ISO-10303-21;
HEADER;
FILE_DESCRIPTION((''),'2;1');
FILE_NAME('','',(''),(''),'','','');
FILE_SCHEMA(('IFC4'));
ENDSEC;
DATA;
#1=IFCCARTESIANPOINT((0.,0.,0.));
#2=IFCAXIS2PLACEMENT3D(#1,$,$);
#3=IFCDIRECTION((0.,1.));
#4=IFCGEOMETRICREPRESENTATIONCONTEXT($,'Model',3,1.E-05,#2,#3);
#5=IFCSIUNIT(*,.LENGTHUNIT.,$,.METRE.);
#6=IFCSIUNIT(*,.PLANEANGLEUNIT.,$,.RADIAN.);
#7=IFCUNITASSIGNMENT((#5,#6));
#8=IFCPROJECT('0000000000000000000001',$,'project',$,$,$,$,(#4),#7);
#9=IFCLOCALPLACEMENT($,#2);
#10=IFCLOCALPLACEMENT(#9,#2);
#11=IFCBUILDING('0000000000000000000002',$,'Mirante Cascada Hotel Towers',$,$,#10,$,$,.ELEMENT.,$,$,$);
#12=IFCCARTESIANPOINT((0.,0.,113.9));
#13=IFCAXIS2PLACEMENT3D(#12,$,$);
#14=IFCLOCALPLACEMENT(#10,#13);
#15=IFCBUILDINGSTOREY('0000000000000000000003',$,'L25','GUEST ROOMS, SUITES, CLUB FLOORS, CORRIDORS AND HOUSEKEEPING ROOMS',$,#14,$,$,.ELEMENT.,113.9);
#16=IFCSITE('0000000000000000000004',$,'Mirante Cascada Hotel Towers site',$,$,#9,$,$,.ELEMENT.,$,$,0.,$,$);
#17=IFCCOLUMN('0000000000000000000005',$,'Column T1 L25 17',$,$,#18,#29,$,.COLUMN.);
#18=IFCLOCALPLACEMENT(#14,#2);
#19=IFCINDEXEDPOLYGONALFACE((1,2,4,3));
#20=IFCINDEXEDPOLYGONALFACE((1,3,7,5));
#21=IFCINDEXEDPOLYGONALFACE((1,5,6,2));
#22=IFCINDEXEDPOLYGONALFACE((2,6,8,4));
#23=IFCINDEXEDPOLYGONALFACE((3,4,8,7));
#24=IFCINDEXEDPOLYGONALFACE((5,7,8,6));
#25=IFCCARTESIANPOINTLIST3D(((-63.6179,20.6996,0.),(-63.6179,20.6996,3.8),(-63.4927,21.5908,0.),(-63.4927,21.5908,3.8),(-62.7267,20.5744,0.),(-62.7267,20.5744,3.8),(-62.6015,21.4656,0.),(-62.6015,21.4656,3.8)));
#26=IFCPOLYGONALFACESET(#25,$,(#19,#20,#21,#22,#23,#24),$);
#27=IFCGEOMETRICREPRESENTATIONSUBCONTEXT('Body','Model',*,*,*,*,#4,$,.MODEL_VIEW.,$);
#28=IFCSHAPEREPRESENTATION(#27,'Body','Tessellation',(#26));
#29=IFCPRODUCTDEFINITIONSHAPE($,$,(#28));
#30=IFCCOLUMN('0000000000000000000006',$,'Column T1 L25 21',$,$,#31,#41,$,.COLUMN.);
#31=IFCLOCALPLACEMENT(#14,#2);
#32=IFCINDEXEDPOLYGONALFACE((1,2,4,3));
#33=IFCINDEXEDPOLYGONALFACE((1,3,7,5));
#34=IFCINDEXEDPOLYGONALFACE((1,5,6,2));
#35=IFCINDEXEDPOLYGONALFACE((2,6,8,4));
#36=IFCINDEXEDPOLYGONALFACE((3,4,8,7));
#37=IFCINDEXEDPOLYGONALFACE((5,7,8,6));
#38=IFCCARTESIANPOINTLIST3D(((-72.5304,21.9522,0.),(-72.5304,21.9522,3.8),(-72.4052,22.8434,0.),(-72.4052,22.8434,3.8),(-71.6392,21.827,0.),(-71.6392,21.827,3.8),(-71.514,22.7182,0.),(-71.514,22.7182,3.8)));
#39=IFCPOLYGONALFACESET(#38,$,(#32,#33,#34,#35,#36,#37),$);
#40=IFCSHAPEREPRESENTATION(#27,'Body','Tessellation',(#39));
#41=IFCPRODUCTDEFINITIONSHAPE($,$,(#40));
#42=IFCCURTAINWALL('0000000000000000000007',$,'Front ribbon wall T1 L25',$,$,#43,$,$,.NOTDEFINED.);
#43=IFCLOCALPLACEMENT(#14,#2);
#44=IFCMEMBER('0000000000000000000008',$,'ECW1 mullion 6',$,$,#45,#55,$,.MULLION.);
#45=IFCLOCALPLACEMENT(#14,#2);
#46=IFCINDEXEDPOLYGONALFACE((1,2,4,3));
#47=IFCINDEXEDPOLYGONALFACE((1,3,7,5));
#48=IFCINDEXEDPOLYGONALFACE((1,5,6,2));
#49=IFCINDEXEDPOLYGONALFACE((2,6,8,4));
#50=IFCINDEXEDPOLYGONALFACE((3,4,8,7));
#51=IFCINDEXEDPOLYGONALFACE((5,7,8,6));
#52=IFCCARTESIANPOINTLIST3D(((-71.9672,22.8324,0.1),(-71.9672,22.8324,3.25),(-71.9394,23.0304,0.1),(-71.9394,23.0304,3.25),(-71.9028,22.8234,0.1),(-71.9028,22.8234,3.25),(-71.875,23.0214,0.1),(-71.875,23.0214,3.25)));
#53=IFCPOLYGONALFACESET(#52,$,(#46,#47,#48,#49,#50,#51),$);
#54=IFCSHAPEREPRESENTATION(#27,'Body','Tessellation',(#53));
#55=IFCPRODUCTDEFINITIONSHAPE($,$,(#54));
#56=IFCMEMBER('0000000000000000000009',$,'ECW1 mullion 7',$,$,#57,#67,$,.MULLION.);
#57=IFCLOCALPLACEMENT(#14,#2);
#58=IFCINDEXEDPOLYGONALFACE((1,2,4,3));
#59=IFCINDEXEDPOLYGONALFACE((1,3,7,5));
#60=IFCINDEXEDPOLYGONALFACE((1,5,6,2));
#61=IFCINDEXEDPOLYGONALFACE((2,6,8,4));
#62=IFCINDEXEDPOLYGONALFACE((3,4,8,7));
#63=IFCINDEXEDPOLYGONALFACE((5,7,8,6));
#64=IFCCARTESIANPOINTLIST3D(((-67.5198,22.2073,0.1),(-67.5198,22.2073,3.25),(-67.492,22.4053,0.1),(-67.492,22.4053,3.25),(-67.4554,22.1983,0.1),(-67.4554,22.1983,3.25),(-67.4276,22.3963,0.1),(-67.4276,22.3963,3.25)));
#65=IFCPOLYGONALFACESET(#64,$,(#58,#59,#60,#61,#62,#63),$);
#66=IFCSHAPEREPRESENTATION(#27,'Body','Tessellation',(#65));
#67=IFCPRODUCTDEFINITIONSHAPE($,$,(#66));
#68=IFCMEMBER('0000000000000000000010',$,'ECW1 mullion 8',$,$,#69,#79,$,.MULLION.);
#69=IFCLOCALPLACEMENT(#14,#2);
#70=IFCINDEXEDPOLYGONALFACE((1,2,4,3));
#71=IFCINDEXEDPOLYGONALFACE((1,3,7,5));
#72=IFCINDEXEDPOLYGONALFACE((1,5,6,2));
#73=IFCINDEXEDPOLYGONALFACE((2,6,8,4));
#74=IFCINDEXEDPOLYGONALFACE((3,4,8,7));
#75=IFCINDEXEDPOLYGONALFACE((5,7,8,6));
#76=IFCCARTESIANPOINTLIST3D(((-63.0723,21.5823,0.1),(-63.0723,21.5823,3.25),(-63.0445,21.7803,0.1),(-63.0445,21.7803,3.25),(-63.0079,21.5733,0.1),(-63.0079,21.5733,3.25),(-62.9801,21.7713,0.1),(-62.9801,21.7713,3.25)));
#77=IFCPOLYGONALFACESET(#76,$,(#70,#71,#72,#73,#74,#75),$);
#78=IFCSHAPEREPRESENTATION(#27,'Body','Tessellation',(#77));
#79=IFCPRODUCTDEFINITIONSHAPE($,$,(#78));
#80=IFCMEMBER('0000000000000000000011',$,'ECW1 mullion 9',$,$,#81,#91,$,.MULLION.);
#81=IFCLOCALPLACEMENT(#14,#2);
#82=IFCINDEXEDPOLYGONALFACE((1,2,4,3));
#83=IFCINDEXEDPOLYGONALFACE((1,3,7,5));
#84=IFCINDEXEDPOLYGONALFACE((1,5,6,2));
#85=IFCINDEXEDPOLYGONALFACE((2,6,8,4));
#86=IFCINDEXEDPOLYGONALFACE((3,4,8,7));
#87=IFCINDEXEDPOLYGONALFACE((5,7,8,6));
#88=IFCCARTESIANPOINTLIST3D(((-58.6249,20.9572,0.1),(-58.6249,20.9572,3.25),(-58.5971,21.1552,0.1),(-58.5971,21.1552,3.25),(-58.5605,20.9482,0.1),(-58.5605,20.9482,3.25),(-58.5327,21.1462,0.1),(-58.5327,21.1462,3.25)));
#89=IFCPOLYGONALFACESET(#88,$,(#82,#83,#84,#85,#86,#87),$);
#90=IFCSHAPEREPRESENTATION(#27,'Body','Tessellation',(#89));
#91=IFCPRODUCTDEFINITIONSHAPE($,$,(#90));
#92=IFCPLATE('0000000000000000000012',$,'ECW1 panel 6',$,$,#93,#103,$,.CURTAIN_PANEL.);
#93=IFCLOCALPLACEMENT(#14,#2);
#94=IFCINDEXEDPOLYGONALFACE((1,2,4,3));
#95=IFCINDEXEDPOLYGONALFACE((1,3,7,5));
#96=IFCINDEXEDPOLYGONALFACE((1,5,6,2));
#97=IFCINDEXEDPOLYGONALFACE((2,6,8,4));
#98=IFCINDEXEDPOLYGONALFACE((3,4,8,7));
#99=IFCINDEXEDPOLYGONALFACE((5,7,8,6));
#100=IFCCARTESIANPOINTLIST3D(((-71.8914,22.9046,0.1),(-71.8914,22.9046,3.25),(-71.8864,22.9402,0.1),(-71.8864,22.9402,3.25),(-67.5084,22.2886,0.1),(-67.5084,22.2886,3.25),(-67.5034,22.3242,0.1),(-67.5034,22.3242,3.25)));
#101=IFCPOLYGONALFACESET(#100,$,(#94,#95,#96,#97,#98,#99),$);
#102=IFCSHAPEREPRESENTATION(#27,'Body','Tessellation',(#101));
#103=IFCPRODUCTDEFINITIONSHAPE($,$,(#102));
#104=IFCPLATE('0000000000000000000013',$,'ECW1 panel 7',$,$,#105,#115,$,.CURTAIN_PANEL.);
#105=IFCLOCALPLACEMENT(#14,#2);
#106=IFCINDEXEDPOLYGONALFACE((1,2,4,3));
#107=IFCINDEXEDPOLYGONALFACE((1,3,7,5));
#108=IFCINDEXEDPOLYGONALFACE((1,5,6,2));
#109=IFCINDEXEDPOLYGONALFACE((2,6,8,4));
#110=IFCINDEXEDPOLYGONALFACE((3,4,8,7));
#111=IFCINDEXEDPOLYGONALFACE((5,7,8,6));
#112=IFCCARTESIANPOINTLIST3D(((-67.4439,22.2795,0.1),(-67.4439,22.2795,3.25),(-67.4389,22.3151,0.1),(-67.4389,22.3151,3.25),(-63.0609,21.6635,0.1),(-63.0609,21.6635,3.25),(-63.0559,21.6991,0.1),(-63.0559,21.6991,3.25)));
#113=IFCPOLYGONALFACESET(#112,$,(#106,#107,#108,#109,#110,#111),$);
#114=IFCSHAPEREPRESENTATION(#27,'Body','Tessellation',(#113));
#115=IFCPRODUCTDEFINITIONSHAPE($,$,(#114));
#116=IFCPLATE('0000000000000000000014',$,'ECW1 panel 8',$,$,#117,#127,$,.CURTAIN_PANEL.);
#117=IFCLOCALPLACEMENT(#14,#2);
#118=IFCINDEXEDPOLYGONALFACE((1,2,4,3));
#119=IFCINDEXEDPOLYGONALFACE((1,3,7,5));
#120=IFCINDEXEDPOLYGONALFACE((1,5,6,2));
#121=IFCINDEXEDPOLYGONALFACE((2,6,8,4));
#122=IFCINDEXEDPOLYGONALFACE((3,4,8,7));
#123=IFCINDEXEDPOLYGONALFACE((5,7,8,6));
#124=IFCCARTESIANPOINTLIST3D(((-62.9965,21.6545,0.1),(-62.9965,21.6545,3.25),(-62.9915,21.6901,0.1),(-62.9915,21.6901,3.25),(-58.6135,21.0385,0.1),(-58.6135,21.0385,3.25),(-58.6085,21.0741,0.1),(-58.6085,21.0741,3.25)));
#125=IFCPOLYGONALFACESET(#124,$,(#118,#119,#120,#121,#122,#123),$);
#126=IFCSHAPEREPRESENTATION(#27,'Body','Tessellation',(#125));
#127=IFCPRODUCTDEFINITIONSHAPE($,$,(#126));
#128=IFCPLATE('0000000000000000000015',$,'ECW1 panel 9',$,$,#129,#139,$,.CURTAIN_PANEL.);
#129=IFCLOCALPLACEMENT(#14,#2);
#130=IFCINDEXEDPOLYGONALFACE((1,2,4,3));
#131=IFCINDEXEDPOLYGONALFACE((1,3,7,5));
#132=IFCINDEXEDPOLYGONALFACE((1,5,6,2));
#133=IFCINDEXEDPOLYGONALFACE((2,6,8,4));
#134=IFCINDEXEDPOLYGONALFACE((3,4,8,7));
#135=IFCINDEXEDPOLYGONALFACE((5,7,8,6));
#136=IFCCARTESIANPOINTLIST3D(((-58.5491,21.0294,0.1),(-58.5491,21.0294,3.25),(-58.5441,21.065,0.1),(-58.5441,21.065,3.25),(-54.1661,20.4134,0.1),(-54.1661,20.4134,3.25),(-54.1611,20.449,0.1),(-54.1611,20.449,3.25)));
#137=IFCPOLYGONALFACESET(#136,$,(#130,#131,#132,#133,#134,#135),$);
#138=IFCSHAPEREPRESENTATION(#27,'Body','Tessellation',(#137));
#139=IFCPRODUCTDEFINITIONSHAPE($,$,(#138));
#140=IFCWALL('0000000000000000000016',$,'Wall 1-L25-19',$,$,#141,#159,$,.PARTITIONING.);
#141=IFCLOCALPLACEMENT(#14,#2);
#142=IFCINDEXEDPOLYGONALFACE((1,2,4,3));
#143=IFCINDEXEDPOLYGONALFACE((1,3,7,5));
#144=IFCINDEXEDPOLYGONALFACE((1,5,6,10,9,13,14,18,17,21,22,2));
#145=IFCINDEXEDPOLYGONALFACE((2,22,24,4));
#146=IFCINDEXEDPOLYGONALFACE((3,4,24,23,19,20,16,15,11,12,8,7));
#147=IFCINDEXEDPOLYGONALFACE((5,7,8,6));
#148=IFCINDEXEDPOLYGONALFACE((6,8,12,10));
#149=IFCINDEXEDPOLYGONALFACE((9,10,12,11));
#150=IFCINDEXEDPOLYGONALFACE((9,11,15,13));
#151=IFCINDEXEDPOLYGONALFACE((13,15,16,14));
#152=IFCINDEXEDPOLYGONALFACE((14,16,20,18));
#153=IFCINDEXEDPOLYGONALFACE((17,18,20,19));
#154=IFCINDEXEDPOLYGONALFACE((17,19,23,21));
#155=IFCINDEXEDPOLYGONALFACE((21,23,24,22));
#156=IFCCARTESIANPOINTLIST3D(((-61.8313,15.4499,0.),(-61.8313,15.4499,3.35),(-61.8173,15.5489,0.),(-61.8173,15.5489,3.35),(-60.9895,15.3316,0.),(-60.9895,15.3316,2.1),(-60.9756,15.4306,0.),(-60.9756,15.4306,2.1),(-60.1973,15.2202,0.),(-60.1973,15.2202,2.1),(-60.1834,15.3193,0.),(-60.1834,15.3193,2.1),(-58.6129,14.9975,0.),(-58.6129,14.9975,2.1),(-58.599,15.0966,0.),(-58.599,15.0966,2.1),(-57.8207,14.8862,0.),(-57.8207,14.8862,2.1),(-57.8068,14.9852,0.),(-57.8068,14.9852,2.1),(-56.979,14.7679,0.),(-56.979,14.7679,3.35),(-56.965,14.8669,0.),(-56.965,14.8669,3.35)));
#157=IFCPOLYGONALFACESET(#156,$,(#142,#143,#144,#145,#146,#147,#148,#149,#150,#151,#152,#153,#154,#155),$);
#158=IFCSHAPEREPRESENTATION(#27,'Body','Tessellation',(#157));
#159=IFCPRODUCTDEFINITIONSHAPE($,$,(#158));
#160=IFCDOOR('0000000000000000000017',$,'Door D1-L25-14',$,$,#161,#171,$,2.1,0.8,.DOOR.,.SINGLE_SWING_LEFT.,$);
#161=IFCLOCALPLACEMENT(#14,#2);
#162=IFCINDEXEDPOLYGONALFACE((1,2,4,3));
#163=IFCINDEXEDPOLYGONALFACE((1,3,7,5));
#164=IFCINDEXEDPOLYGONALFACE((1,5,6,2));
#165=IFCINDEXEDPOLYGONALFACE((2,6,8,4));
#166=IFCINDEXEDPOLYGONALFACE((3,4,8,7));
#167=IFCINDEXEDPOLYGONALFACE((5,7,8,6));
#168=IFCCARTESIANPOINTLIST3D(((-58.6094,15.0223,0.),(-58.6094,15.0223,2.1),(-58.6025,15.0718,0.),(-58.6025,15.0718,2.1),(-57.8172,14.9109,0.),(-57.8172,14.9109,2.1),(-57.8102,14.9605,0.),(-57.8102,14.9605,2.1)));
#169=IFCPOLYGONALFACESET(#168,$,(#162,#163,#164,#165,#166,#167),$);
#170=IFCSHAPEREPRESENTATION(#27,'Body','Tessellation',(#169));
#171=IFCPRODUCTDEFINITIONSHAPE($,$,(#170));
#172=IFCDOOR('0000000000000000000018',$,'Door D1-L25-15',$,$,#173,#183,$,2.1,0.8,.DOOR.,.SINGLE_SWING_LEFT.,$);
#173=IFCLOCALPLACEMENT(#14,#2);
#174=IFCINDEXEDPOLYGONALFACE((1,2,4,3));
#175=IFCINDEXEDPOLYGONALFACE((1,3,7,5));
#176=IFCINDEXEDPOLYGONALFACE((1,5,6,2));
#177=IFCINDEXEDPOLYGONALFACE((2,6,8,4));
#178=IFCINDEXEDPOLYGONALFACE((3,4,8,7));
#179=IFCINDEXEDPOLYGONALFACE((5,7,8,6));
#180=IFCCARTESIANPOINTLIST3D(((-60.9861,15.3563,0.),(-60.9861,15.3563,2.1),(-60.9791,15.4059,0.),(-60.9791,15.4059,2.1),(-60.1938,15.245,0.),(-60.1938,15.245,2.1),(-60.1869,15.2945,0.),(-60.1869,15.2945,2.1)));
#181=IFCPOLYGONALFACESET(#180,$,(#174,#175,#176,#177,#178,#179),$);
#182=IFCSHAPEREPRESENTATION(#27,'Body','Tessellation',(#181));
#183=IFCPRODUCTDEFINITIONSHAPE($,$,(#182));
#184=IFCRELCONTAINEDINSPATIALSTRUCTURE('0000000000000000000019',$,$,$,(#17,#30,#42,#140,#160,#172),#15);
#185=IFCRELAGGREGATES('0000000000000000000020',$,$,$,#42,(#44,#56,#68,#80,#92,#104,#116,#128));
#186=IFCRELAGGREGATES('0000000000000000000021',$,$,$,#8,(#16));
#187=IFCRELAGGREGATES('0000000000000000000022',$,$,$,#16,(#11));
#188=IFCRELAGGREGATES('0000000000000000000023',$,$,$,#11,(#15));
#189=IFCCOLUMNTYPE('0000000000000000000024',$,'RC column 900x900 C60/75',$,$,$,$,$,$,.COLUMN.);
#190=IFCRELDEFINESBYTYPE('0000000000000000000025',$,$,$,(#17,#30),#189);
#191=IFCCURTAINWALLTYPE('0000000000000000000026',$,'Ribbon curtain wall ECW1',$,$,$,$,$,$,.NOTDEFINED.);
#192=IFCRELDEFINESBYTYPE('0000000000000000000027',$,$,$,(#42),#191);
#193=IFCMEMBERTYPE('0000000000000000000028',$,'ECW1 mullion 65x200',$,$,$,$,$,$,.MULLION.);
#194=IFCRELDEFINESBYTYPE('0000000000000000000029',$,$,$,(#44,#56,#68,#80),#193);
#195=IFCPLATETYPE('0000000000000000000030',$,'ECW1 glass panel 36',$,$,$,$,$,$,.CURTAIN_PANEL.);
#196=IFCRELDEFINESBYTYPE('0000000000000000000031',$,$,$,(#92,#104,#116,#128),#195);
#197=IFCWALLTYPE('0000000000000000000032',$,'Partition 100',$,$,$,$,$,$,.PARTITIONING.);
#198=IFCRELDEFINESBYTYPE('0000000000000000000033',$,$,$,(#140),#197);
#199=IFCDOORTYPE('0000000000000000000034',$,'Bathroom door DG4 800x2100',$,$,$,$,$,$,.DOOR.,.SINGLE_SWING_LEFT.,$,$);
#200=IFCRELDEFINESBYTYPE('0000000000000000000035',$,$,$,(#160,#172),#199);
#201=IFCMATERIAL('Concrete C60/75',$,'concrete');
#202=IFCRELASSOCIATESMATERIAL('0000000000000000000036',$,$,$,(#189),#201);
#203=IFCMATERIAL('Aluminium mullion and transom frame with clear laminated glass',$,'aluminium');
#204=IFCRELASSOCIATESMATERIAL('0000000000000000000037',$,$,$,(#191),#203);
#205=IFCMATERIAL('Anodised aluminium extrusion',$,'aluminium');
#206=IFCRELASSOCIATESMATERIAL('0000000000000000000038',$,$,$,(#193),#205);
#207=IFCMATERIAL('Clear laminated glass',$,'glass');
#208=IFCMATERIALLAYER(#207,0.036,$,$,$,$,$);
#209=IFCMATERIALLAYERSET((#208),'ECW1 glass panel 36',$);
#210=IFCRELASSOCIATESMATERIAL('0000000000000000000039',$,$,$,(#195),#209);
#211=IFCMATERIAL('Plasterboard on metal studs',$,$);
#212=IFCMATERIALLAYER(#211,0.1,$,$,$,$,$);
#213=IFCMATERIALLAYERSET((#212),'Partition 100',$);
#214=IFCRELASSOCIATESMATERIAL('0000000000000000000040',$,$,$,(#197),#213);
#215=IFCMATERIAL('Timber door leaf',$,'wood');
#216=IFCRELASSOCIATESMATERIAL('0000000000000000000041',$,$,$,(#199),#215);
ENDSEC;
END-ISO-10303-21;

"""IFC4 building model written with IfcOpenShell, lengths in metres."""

from ifc_helpers import new_model, si_unit, direction, frame, frame_2d, origin, origin_2d, place, context, subcontext, project, spatial, rectangle, extrude, material, layer, layer_set, material_profile, profile_set, type_object, element, fill, aggregate, save


model = new_model("IFC4")

# Units and contexts
model_context = context("Model", 3, precision=1e-05, world=origin(), true_north=direction((0.0, 1.0)))
body_context = subcontext(model_context, "Body", "Model", "MODEL_VIEW")
ifc_project = project(units=[si_unit("LENGTHUNIT", "METRE"), si_unit("PLANEANGLEUNIT", "RADIAN")], contexts=[model_context])

# Site, building, storey
site_placement = place(None, origin())
site = spatial("IfcSite", under=ifc_project, at=site_placement, Name="Mirante Cascada Hotel Towers site", CompositionType="ELEMENT", RefElevation=0.0)
building_placement = place(site_placement, origin())
building = spatial("IfcBuilding", under=site, at=building_placement, Name="Mirante Cascada Hotel Towers", CompositionType="ELEMENT")
storey_placement = place(building_placement, frame((0.0, 0.0, 113.9)))
storey = spatial("IfcBuildingStorey", under=building, at=storey_placement, Name="L25", Description="GUEST ROOMS, SUITES, CLUB FLOORS, CORRIDORS AND HOUSEKEEPING ROOMS", CompositionType="ELEMENT", Elevation=113.9)

# Columns
ifc_material_1 = material(Name="Concrete C60/75", Category="concrete")
ifc_material_profile_1 = material_profile(ifc_material_1, rectangle(XDim=0.9, YDim=0.9, at=origin_2d()), Name="RC column 900x900 C60/75")
ifc_profile_set_1 = profile_set([ifc_material_profile_1], Name="Concrete C60/75")
column_type = type_object("IfcColumnType", Name="RC column 900x900 C60/75", PredefinedType="COLUMN", material=ifc_profile_set_1)
for number, where, z_axis, x_axis, name in (
    (1, (-63.1097, 21.0826, 0.0), (0.0, 0.0, 1.0), (-0.990268, 0.139173, 0.0), "Column T1 L25 17"),
    (2, (-72.0222, 22.3352, 0.0), (0.0, 0.0, 1.0), (-0.990268, 0.139173, 0.0), "Column T1 L25 21"),
):
    element("IfcColumn", number, at=place(storey_placement, frame(where, z_axis=z_axis, x_axis=x_axis)), inside=storey, type_object=column_type, Name=name, PredefinedType="COLUMN", context=body_context, shape_type="SweptSolid", body=[
        extrude(rectangle(XDim=0.9, YDim=0.9, at=origin_2d()), origin(), (0.0, 0.0, 1.0), 3.8),
    ])

# Curtain wall, members, plates
ifc_material_2 = material(Name="Aluminium mullion and transom frame with clear laminated glass", Category="aluminium")
curtain_wall_type = type_object("IfcCurtainWallType", Name="Ribbon curtain wall ECW1", PredefinedType="NOTDEFINED", material=ifc_material_2)
curtain_wall_placement = place(storey_placement, origin())
curtain_wall = element("IfcCurtainWall", 3, at=curtain_wall_placement, inside=storey, type_object=curtain_wall_type, Name="Front ribbon wall T1 L25", PredefinedType="NOTDEFINED")
ifc_material_3 = material(Name="Anodised aluminium extrusion", Category="aluminium")
ifc_material_profile_2 = material_profile(ifc_material_3, rectangle(XDim=0.2, YDim=0.065, at=origin_2d()), Name="ECW1 MULLION 65x200")
ifc_profile_set_2 = profile_set([ifc_material_profile_2], Name="Anodised aluminium extrusion")
member_type = type_object("IfcMemberType", Name="ECW1 mullion 65x200", PredefinedType="MULLION", material=ifc_profile_set_2)
member_1_placement = place(storey_placement, frame((-71.9211, 22.9269, 0.1), z_axis=(0.0, 0.0, 1.0), x_axis=(0.139173, 0.990268, 0.0)))
member_1 = element("IfcMember", 4, at=member_1_placement, type_object=member_type, Name="ECW1 mullion 6", PredefinedType="MULLION", context=body_context, shape_type="SweptSolid", body=[
    extrude(rectangle(XDim=0.2, YDim=0.065, at=origin_2d()), origin(), (0.0, 0.0, 1.0), 3.15),
])
member_2_placement = place(storey_placement, frame((-67.4737, 22.3018, 0.1), z_axis=(0.0, 0.0, 1.0), x_axis=(0.139173, 0.990268, 0.0)))
member_2 = element("IfcMember", 5, at=member_2_placement, type_object=member_type, Name="ECW1 mullion 7", PredefinedType="MULLION", context=body_context, shape_type="SweptSolid", body=[
    extrude(rectangle(XDim=0.2, YDim=0.065, at=origin_2d()), origin(), (0.0, 0.0, 1.0), 3.15),
])
member_3_placement = place(storey_placement, frame((-63.0262, 21.6768, 0.1), z_axis=(0.0, 0.0, 1.0), x_axis=(0.139173, 0.990268, 0.0)))
member_3 = element("IfcMember", 6, at=member_3_placement, type_object=member_type, Name="ECW1 mullion 8", PredefinedType="MULLION", context=body_context, shape_type="SweptSolid", body=[
    extrude(rectangle(XDim=0.2, YDim=0.065, at=origin_2d()), origin(), (0.0, 0.0, 1.0), 3.15),
])
member_4_placement = place(storey_placement, frame((-58.5788, 21.0517, 0.1), z_axis=(0.0, 0.0, 1.0), x_axis=(0.139173, 0.990268, 0.0)))
member_4 = element("IfcMember", 7, at=member_4_placement, type_object=member_type, Name="ECW1 mullion 9", PredefinedType="MULLION", context=body_context, shape_type="SweptSolid", body=[
    extrude(rectangle(XDim=0.2, YDim=0.065, at=origin_2d()), origin(), (0.0, 0.0, 1.0), 3.15),
])
ifc_material_4 = material(Name="Clear laminated glass", Category="glass")
ifc_layer_1 = layer(ifc_material_4, 0.036)
ifc_layer_set_1 = layer_set([ifc_layer_1], Name="ECW1 glass panel 36")
plate_type = type_object("IfcPlateType", Name="ECW1 glass panel 36", PredefinedType="CURTAIN_PANEL", material=ifc_layer_set_1)
plate_1_placement = place(storey_placement, frame((-69.6974, 22.6144, 0.1), z_axis=(0.0, 0.0, 1.0), x_axis=(0.990268, -0.139173, 0.0)))
plate_1 = element("IfcPlate", 8, at=plate_1_placement, type_object=plate_type, Name="ECW1 panel 6", PredefinedType="CURTAIN_PANEL", context=body_context, shape_type="SweptSolid", body=[
    extrude(rectangle(XDim=4.4261, YDim=0.036, at=origin_2d()), origin(), (0.0, 0.0, 1.0), 3.15),
])
plate_2_placement = place(storey_placement, frame((-65.2499, 21.9893, 0.1), z_axis=(0.0, 0.0, 1.0), x_axis=(0.990268, -0.139173, 0.0)))
plate_2 = element("IfcPlate", 9, at=plate_2_placement, type_object=plate_type, Name="ECW1 panel 7", PredefinedType="CURTAIN_PANEL", context=body_context, shape_type="SweptSolid", body=[
    extrude(rectangle(XDim=4.4261, YDim=0.036, at=origin_2d()), origin(), (0.0, 0.0, 1.0), 3.15),
])
plate_3_placement = place(storey_placement, frame((-60.8025, 21.3643, 0.1), z_axis=(0.0, 0.0, 1.0), x_axis=(0.990268, -0.139173, 0.0)))
plate_3 = element("IfcPlate", 10, at=plate_3_placement, type_object=plate_type, Name="ECW1 panel 8", PredefinedType="CURTAIN_PANEL", context=body_context, shape_type="SweptSolid", body=[
    extrude(rectangle(XDim=4.4261, YDim=0.036, at=origin_2d()), origin(), (0.0, 0.0, 1.0), 3.15),
])
plate_4_placement = place(storey_placement, frame((-56.3551, 20.7392, 0.1), z_axis=(0.0, 0.0, 1.0), x_axis=(0.990268, -0.139173, 0.0)))
plate_4 = element("IfcPlate", 11, at=plate_4_placement, type_object=plate_type, Name="ECW1 panel 9", PredefinedType="CURTAIN_PANEL", context=body_context, shape_type="SweptSolid", body=[
    extrude(rectangle(XDim=4.4261, YDim=0.036, at=origin_2d()), origin(), (0.0, 0.0, 1.0), 3.15),
])
aggregate(curtain_wall, [member_1, member_2, member_3, member_4, plate_1, plate_2, plate_3, plate_4])

# Wall, openings, doors
ifc_material_5 = material(Name="Plasterboard on metal studs")
ifc_layer_2 = layer(ifc_material_5, 0.1)
ifc_layer_set_2 = layer_set([ifc_layer_2], Name="Partition 100")
wall_type = type_object("IfcWallType", Name="Partition 100", PredefinedType="PARTITIONING", material=ifc_layer_set_2)
wall_1_placement = place(storey_placement, frame((-61.8243, 15.4994, 0.0), z_axis=(0.0, 0.0, 1.0), x_axis=(0.990267, -0.139184, 0.0)))
wall_1 = element("IfcWall", 12, at=wall_1_placement, inside=storey, type_object=wall_type, Name="Wall 1-L25-19", PredefinedType="PARTITIONING", context=body_context, shape_type="SweptSolid", body=[
    extrude(rectangle(XDim=4.9, YDim=0.1, at=frame_2d((2.45, 0.0))), origin(), (0.0, 0.0, 1.0), 3.35),
])
opening_1_placement = place(wall_1_placement, frame((3.25, 0.0, 0.0)))
opening_1 = element("IfcOpeningElement", 13, at=opening_1_placement, cuts=wall_1, PredefinedType="OPENING", context=body_context, shape_type="SweptSolid", body=[
    extrude(rectangle(XDim=0.8, YDim=2.1, at=frame_2d((0.4, 1.05))), frame((0.0, 0.05, 0.0), z_axis=(0.0, -1.0, 0.0), x_axis=(1.0, 0.0, 0.0)), (0.0, 0.0, 1.0), 0.1),
])
opening_2_placement = place(wall_1_placement, frame((0.85, 0.0, 0.0)))
opening_2 = element("IfcOpeningElement", 14, at=opening_2_placement, cuts=wall_1, PredefinedType="OPENING", context=body_context, shape_type="SweptSolid", body=[
    extrude(rectangle(XDim=0.8, YDim=2.1, at=frame_2d((0.4, 1.05))), frame((0.0, 0.05, 0.0), z_axis=(0.0, -1.0, 0.0), x_axis=(1.0, 0.0, 0.0)), (0.0, 0.0, 1.0), 0.1),
])
ifc_material_6 = material(Name="Timber door leaf", Category="wood")
door_type = type_object("IfcDoorType", Name="Bathroom door DG4 800x2100", OperationType="SINGLE_SWING_LEFT", PredefinedType="DOOR", material=ifc_material_6)
door_1_placement = place(opening_1_placement, origin())
door_1 = element("IfcDoor", 15, at=door_1_placement, inside=storey, type_object=door_type, Name="Door D1-L25-14", OperationType="SINGLE_SWING_LEFT", OverallHeight=2.1, OverallWidth=0.8, PredefinedType="DOOR", context=body_context, shape_type="SweptSolid", body=[
    extrude(rectangle(XDim=0.8, YDim=2.1, at=frame_2d((0.4, 1.05))), frame((0.0, 0.025, 0.0), z_axis=(0.0, -1.0, 0.0), x_axis=(1.0, 0.0, 0.0)), (0.0, 0.0, 1.0), 0.05),
])
fill(opening_1, door_1)
door_2_placement = place(opening_2_placement, origin())
door_2 = element("IfcDoor", 16, at=door_2_placement, inside=storey, type_object=door_type, Name="Door D1-L25-15", OperationType="SINGLE_SWING_LEFT", OverallHeight=2.1, OverallWidth=0.8, PredefinedType="DOOR", context=body_context, shape_type="SweptSolid", body=[
    extrude(rectangle(XDim=0.8, YDim=2.1, at=frame_2d((0.4, 1.05))), frame((0.0, 0.025, 0.0), z_axis=(0.0, -1.0, 0.0), x_axis=(1.0, 0.0, 0.0)), (0.0, 0.0, 1.0), 0.05),
])
fill(opening_2, door_2)

save(model, "model.ifc")
